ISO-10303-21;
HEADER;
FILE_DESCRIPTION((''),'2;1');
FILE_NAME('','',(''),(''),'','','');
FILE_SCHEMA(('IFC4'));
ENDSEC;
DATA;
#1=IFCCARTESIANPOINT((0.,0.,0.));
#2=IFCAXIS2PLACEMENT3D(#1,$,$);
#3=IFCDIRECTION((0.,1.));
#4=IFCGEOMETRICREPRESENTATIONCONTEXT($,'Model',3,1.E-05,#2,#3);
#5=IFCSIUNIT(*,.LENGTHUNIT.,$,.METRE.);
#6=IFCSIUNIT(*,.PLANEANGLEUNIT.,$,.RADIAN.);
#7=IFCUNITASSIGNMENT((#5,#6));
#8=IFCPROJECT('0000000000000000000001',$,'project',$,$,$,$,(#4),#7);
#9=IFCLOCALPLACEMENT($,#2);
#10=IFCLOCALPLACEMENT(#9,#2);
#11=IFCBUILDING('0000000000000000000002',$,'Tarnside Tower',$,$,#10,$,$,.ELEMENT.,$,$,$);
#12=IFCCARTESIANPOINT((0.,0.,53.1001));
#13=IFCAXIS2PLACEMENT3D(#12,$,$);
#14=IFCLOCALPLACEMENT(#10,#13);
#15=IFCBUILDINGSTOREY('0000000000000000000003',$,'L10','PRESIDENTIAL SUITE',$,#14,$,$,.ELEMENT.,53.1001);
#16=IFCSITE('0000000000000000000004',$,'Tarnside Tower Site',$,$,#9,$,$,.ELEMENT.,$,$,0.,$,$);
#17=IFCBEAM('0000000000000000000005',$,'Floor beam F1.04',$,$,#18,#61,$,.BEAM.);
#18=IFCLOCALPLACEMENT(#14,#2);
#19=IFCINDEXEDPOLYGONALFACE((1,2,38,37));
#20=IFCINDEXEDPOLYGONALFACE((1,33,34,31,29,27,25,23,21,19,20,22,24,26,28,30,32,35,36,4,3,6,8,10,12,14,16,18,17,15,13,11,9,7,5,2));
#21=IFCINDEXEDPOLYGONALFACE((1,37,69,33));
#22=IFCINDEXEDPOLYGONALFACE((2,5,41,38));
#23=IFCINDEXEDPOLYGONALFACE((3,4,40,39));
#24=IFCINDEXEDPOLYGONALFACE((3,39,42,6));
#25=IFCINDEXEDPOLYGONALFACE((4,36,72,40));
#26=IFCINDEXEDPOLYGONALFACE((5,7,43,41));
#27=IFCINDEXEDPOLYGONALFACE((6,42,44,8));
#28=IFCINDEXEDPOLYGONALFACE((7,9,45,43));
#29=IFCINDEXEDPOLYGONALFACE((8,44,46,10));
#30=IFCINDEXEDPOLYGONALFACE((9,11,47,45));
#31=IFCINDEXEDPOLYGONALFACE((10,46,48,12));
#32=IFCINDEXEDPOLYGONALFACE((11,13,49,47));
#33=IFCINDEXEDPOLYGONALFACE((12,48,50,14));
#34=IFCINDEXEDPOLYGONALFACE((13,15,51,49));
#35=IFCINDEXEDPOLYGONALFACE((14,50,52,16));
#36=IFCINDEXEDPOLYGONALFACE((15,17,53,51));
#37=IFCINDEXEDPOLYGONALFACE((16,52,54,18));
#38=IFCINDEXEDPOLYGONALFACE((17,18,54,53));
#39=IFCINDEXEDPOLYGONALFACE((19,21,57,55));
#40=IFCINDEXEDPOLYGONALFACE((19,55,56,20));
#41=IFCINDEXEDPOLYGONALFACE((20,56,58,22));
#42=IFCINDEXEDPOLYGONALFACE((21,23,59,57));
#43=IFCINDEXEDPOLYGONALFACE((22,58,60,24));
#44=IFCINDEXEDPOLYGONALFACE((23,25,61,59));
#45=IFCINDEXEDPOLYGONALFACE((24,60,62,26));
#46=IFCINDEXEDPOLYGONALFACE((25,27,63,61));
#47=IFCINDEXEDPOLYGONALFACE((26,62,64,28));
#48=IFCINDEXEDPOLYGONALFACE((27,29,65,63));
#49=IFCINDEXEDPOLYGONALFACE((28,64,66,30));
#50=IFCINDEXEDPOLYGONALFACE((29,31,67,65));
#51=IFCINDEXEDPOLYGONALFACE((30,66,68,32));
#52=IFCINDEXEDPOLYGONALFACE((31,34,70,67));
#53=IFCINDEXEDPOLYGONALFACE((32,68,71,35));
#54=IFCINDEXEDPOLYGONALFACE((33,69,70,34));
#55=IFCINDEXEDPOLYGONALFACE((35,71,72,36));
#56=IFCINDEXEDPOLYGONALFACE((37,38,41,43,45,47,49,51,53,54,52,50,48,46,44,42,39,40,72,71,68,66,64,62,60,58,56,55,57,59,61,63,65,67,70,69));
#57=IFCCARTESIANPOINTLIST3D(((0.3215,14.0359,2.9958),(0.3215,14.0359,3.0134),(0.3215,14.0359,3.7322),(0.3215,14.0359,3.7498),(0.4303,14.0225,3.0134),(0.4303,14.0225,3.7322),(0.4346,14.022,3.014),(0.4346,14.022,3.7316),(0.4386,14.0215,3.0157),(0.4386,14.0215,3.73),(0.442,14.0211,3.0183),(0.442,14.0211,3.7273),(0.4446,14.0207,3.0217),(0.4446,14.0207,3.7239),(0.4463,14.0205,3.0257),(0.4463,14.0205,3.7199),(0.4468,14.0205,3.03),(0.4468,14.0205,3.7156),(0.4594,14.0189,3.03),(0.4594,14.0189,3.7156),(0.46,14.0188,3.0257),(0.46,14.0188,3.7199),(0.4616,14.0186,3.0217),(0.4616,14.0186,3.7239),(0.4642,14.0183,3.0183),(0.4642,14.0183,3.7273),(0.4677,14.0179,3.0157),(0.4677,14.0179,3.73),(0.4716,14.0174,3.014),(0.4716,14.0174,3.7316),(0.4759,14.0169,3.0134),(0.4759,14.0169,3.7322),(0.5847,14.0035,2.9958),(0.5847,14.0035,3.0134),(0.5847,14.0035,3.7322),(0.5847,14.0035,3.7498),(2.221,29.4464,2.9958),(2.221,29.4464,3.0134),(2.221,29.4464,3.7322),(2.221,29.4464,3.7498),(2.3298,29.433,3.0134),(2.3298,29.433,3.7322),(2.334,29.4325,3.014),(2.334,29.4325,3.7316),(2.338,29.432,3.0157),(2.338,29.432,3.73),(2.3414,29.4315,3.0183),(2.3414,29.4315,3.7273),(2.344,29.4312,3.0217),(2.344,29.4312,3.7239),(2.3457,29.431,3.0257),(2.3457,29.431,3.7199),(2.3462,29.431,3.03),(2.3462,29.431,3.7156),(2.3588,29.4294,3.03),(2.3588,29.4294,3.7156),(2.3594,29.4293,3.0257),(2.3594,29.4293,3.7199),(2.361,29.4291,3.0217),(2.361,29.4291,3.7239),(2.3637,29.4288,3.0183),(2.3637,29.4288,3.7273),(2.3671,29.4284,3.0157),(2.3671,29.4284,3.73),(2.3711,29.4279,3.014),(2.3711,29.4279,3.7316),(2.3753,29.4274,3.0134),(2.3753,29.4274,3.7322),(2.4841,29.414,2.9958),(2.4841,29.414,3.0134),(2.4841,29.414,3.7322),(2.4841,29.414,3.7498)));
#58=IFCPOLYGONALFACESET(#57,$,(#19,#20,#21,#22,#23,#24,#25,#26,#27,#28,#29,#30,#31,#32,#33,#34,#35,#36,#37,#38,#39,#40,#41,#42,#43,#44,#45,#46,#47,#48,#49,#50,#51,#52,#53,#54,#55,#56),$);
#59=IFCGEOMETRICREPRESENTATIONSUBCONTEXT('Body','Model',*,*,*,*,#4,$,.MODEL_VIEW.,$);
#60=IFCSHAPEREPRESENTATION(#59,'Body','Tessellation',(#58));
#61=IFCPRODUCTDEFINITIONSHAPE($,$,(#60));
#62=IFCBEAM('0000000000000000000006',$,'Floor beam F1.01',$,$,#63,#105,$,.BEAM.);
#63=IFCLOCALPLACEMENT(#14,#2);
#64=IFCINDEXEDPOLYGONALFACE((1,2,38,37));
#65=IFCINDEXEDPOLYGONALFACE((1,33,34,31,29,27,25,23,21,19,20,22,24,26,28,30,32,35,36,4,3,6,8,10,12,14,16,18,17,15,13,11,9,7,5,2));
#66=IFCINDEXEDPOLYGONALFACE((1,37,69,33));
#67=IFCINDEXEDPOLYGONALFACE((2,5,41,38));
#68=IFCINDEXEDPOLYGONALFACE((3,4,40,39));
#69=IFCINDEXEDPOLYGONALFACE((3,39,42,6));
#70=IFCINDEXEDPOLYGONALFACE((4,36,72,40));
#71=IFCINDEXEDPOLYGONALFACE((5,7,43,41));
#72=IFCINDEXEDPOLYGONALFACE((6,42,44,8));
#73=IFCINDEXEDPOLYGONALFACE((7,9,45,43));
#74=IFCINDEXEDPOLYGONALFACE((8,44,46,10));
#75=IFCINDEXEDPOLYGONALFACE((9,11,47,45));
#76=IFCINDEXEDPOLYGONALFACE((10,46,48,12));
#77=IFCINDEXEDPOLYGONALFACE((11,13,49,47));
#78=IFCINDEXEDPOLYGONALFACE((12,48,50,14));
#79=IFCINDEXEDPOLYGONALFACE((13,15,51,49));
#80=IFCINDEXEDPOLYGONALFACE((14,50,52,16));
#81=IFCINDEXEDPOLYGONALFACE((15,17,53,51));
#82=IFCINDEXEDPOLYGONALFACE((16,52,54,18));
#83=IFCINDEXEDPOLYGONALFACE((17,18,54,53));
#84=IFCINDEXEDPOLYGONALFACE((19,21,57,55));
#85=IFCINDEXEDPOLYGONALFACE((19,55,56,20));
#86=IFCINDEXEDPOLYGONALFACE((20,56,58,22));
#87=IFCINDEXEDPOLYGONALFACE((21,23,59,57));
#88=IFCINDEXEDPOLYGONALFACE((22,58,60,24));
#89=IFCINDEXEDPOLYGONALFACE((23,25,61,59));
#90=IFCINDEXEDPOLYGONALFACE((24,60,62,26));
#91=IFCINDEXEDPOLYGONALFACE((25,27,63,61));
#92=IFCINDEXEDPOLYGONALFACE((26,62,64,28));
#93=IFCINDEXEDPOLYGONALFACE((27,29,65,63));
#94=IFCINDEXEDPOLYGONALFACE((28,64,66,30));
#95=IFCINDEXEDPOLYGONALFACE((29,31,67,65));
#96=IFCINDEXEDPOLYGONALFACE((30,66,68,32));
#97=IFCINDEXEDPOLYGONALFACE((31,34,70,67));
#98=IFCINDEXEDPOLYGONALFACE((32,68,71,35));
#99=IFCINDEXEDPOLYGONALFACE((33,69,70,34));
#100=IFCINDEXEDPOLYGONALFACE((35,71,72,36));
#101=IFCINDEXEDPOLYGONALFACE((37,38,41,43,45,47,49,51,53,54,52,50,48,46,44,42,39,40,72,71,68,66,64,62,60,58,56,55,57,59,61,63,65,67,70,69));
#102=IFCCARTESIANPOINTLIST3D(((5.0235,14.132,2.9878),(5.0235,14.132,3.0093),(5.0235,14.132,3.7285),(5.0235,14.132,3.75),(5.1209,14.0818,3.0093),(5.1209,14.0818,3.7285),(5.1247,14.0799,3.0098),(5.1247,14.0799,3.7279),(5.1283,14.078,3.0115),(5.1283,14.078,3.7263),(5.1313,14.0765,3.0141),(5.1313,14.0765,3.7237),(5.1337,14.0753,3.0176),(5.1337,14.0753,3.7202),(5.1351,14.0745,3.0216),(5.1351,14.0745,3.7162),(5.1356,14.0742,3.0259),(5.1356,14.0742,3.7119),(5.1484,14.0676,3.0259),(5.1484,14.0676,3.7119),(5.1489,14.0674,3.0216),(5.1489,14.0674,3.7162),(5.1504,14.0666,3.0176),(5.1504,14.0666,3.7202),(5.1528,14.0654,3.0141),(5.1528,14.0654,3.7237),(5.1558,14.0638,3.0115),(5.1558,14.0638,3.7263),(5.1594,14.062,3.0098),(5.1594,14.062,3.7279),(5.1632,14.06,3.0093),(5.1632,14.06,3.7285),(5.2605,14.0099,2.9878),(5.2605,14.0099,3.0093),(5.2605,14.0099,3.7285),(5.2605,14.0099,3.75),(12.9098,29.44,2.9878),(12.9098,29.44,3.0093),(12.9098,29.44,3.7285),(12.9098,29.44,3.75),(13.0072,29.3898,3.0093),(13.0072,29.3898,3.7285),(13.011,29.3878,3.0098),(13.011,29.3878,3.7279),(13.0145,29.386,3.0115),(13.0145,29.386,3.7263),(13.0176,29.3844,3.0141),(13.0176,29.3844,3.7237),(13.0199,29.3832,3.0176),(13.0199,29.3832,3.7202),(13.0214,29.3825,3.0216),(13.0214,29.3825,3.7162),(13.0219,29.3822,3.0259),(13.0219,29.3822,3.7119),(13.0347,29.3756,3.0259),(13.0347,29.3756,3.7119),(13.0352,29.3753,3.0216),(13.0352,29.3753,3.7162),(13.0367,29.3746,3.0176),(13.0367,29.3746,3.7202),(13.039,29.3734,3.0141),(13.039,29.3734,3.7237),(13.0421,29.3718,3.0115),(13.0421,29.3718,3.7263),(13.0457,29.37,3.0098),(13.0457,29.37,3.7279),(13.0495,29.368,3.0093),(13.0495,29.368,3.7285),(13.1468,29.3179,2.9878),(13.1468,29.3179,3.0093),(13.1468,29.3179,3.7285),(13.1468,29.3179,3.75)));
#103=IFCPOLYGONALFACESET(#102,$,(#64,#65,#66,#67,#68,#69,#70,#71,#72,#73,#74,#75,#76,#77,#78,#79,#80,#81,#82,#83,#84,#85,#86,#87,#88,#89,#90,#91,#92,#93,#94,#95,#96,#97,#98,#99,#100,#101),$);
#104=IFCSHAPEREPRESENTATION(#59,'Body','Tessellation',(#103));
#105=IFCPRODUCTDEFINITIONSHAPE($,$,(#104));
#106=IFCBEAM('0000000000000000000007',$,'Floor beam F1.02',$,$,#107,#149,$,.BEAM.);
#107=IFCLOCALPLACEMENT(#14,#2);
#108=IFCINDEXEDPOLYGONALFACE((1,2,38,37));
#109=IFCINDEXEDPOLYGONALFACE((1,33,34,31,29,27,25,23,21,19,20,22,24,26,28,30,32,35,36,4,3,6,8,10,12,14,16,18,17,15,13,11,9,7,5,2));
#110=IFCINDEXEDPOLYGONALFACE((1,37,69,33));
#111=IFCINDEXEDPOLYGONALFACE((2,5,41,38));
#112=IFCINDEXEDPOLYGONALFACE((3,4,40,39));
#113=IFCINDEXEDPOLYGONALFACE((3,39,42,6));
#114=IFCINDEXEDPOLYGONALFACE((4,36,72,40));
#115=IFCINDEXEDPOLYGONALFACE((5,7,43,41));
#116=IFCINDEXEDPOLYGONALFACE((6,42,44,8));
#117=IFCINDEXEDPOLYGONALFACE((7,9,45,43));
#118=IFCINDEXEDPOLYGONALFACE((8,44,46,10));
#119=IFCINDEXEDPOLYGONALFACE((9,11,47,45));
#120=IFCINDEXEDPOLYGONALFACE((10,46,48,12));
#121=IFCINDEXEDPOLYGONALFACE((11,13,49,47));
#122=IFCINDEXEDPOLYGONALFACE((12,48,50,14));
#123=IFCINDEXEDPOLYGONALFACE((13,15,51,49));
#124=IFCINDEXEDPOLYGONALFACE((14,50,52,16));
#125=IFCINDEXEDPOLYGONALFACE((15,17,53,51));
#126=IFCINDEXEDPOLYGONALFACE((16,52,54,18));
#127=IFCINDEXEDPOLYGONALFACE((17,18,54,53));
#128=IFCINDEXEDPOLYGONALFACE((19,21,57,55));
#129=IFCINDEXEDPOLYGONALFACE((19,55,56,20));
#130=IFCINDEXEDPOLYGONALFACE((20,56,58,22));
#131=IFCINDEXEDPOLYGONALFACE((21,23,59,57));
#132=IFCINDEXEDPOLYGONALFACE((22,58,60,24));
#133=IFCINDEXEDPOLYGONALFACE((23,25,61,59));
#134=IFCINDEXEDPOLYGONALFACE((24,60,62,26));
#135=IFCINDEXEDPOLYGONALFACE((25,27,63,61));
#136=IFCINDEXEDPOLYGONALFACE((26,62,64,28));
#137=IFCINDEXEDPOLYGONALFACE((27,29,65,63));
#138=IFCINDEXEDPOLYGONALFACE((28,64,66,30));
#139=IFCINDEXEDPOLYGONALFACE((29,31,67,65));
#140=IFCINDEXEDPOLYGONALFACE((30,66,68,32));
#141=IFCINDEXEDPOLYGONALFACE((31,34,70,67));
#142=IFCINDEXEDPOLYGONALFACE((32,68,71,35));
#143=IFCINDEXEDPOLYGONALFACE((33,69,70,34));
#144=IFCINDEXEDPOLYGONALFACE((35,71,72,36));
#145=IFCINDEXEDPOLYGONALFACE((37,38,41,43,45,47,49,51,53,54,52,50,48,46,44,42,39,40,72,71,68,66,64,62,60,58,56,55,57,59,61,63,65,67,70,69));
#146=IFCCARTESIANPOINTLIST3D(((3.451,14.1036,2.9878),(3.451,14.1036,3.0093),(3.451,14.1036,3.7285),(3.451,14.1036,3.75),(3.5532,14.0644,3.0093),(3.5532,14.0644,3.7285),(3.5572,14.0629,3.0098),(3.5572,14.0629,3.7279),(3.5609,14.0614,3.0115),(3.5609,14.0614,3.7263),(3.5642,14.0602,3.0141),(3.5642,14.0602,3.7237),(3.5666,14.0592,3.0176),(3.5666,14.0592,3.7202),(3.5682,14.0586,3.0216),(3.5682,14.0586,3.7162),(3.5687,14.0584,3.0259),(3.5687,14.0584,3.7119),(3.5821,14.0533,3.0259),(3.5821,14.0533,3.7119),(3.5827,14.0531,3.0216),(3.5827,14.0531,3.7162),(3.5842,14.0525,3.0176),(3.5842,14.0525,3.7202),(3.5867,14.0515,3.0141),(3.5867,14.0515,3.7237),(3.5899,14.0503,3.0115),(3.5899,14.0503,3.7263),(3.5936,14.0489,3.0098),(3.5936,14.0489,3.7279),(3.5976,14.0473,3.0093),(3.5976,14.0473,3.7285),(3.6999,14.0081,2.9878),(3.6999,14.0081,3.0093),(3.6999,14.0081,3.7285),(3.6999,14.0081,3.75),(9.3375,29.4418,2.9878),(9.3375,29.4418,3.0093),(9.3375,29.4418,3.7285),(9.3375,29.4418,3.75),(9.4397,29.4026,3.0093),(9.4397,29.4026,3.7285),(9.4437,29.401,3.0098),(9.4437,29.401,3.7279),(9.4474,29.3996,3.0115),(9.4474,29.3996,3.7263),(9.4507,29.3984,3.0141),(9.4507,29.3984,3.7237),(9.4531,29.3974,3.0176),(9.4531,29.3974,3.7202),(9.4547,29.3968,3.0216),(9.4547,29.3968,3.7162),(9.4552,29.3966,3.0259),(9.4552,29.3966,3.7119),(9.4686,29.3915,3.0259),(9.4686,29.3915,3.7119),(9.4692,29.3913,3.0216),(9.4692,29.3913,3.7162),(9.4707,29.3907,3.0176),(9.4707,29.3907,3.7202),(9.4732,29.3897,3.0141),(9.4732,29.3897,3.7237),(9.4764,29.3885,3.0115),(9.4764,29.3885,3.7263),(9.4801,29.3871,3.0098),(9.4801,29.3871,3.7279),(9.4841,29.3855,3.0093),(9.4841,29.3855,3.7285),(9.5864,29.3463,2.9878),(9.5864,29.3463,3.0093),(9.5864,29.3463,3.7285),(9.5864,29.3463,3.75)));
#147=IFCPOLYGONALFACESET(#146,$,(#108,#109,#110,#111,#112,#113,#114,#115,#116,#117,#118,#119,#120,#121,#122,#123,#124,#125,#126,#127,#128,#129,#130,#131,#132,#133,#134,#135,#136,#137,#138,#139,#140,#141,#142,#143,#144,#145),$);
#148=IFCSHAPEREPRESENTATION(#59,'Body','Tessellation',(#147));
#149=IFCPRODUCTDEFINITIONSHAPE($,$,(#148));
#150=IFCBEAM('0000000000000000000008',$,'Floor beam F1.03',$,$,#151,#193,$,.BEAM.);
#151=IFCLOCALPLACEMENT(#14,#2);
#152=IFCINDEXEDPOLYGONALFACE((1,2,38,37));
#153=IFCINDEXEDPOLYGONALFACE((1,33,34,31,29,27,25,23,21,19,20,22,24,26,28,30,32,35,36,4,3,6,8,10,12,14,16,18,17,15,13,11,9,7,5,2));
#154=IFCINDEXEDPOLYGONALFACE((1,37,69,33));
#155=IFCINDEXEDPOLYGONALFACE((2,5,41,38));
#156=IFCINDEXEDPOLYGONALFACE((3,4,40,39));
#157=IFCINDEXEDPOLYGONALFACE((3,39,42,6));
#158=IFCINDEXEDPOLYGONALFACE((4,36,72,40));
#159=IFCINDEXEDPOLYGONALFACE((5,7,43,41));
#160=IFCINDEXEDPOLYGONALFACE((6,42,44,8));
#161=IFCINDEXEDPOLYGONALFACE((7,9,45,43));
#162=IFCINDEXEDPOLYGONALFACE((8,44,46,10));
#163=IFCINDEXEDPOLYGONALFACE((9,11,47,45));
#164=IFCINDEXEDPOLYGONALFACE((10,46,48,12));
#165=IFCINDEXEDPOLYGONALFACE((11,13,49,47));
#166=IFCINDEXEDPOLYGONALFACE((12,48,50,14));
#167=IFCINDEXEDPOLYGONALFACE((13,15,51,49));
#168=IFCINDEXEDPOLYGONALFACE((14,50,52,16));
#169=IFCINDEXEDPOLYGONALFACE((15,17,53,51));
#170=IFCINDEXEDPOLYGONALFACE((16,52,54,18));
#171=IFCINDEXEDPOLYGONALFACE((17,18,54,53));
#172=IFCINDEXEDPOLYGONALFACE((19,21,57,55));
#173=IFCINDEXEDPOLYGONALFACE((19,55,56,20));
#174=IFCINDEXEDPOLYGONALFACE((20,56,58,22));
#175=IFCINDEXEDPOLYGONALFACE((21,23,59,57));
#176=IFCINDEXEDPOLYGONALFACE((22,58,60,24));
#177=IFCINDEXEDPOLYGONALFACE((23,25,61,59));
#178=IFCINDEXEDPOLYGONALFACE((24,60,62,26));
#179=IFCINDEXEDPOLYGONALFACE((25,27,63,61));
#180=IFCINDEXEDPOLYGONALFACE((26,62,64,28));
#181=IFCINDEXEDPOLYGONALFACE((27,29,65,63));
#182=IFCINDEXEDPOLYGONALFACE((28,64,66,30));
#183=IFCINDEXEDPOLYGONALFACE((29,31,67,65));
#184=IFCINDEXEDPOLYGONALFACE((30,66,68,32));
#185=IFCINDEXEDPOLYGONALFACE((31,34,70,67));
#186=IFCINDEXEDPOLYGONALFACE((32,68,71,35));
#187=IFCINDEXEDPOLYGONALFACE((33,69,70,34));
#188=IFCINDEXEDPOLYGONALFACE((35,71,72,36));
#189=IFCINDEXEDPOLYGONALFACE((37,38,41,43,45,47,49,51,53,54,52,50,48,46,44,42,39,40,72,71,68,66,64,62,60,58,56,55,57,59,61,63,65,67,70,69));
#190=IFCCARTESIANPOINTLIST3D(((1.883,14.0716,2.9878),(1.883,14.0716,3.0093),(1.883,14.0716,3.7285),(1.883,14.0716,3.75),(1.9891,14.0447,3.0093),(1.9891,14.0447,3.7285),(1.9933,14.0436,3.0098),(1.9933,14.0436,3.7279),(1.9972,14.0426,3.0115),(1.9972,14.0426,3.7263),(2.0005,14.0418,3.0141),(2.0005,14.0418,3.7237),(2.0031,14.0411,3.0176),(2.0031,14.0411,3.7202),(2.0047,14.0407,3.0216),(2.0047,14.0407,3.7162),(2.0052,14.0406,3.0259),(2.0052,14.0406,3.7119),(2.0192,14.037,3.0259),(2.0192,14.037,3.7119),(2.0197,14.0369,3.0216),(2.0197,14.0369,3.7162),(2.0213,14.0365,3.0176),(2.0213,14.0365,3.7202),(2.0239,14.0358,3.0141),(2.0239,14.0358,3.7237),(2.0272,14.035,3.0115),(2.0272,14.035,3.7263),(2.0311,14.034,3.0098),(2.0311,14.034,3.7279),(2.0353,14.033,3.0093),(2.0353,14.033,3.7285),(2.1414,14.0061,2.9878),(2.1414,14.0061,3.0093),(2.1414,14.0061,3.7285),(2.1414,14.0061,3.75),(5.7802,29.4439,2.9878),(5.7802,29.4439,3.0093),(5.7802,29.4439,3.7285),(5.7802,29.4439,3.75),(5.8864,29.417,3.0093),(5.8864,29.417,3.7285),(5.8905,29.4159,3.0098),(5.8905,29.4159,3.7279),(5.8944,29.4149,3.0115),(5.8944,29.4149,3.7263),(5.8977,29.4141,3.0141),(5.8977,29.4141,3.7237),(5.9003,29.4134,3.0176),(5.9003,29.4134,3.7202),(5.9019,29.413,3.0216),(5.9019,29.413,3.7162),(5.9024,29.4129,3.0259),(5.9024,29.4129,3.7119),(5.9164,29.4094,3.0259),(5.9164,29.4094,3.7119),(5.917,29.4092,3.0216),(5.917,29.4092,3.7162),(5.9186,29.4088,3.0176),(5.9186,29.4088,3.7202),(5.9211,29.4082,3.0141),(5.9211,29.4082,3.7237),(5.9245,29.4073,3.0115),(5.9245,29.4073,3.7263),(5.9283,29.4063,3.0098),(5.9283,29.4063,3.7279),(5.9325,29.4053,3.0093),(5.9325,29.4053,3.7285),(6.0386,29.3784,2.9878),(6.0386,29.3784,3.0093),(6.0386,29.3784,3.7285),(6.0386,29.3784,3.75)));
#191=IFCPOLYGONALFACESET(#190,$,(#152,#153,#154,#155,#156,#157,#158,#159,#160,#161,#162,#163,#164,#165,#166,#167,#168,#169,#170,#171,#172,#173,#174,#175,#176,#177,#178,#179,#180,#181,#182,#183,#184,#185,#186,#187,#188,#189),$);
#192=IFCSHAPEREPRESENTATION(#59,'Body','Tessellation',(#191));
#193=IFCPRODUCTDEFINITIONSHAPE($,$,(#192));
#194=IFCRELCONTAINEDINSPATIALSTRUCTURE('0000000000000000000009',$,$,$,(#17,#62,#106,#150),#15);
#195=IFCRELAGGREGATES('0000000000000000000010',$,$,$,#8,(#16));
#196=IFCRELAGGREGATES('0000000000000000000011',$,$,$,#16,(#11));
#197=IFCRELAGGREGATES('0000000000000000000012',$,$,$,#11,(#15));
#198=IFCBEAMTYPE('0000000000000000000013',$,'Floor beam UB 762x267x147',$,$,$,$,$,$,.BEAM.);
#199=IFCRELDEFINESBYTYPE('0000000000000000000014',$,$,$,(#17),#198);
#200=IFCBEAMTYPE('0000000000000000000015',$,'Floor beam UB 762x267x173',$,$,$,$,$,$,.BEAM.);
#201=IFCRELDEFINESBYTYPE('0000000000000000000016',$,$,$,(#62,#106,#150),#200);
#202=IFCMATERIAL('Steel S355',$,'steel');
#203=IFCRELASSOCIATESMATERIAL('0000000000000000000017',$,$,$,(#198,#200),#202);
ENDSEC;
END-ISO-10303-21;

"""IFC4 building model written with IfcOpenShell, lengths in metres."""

from ifc_helpers import new_model, si_unit, direction, frame, origin, origin_2d, place, context, subcontext, project, spatial, i_section, extrude, material, material_profile, profile_set, type_object, element, save


model = new_model("IFC4")

# Units and contexts
model_context = context("Model", 3, precision=1e-05, world=origin(), true_north=direction((0.0, 1.0)))
body_context = subcontext(model_context, "Body", "Model", "MODEL_VIEW")
ifc_project = project(units=[si_unit("LENGTHUNIT", "METRE"), si_unit("PLANEANGLEUNIT", "RADIAN")], contexts=[model_context])

# Site, building, storey
site_placement = place(None, origin())
site = spatial("IfcSite", under=ifc_project, at=site_placement, Name="Tarnside Tower Site", CompositionType="ELEMENT", RefElevation=0.0)
building_placement = place(site_placement, origin())
building = spatial("IfcBuilding", under=site, at=building_placement, Name="Tarnside Tower", CompositionType="ELEMENT")
storey_placement = place(building_placement, frame((0.0, 0.0, 53.1001)))
storey = spatial("IfcBuildingStorey", under=building, at=storey_placement, Name="L10", Description="PRESIDENTIAL SUITE", CompositionType="ELEMENT", Elevation=53.1001)

# Beams
ifc_material_1 = material(Name="Steel S355", Category="steel")
ifc_material_profile_1 = material_profile(ifc_material_1, i_section(OverallWidth=0.2651, OverallDepth=0.7539, WebThickness=0.0127, FlangeThickness=0.0176, FilletRadius=0.0166, at=origin_2d()), Name="UB 762x267x147")
ifc_profile_set_1 = profile_set([ifc_material_profile_1], Name="Steel S355")
beam_type_1 = type_object("IfcBeamType", Name="Floor beam UB 762x267x147", PredefinedType="BEAM", material=ifc_profile_set_1)
beam_1_placement = place(storey_placement, frame((2.3525, 29.4302, 3.3728), z_axis=(-0.12233, -0.99249, 0.0), x_axis=(0.99249, -0.12233, 0.0)))
element("IfcBeam", 1, at=beam_1_placement, inside=storey, type_object=beam_type_1, Name="Floor beam F1.04", PredefinedType="BEAM", context=body_context, shape_type="SweptSolid", body=[
    extrude(i_section(OverallWidth=0.2651, OverallDepth=0.7539, WebThickness=0.0127, FlangeThickness=0.0176, FilletRadius=0.0166, at=origin_2d()), origin(), (0.0, 0.0, 1.0), 15.5271),
])
ifc_material_profile_2 = material_profile(ifc_material_1, i_section(OverallWidth=0.2666, OverallDepth=0.7622, WebThickness=0.0144, FlangeThickness=0.0215, FilletRadius=0.0166, at=origin_2d()), Name="UB 762x267x173")
ifc_profile_set_2 = profile_set([ifc_material_profile_2], Name="Steel S355")
beam_type_2 = type_object("IfcBeamType", Name="Floor beam UB 762x267x173", PredefinedType="BEAM", material=ifc_profile_set_2)
beam_2_placement = place(storey_placement, frame((13.0283, 29.3789, 3.3689), z_axis=(-0.457973, -0.888966, 0.0), x_axis=(0.888966, -0.457973, 0.0)))
element("IfcBeam", 2, at=beam_2_placement, inside=storey, type_object=beam_type_2, Name="Floor beam F1.01", PredefinedType="BEAM", context=body_context, shape_type="SweptSolid", body=[
    extrude(i_section(OverallWidth=0.2666, OverallDepth=0.7622, WebThickness=0.0144, FlangeThickness=0.0215, FilletRadius=0.0166, at=origin_2d()), origin(), (0.0, 0.0, 1.0), 17.22),
])
beam_3_placement = place(storey_placement, frame((9.4619, 29.394, 3.3689), z_axis=(-0.3583, -0.933607, 0.0), x_axis=(0.933607, -0.3583, 0.0)))
element("IfcBeam", 3, at=beam_3_placement, inside=storey, type_object=beam_type_2, Name="Floor beam F1.02", PredefinedType="BEAM", context=body_context, shape_type="SweptSolid", body=[
    extrude(i_section(OverallWidth=0.2666, OverallDepth=0.7622, WebThickness=0.0144, FlangeThickness=0.0215, FilletRadius=0.0166, at=origin_2d()), origin(), (0.0, 0.0, 1.0), 16.429),
])
beam_4_placement = place(storey_placement, frame((5.9094, 29.4111, 3.3689), z_axis=(-0.245747, -0.969334, 0.0), x_axis=(0.969334, -0.245747, 0.0)))
element("IfcBeam", 4, at=beam_4_placement, inside=storey, type_object=beam_type_2, Name="Floor beam F1.03", PredefinedType="BEAM", context=body_context, shape_type="SweptSolid", body=[
    extrude(i_section(OverallWidth=0.2666, OverallDepth=0.7622, WebThickness=0.0144, FlangeThickness=0.0215, FilletRadius=0.0166, at=origin_2d()), origin(), (0.0, 0.0, 1.0), 15.8586),
])

save(model, "model.ifc")
